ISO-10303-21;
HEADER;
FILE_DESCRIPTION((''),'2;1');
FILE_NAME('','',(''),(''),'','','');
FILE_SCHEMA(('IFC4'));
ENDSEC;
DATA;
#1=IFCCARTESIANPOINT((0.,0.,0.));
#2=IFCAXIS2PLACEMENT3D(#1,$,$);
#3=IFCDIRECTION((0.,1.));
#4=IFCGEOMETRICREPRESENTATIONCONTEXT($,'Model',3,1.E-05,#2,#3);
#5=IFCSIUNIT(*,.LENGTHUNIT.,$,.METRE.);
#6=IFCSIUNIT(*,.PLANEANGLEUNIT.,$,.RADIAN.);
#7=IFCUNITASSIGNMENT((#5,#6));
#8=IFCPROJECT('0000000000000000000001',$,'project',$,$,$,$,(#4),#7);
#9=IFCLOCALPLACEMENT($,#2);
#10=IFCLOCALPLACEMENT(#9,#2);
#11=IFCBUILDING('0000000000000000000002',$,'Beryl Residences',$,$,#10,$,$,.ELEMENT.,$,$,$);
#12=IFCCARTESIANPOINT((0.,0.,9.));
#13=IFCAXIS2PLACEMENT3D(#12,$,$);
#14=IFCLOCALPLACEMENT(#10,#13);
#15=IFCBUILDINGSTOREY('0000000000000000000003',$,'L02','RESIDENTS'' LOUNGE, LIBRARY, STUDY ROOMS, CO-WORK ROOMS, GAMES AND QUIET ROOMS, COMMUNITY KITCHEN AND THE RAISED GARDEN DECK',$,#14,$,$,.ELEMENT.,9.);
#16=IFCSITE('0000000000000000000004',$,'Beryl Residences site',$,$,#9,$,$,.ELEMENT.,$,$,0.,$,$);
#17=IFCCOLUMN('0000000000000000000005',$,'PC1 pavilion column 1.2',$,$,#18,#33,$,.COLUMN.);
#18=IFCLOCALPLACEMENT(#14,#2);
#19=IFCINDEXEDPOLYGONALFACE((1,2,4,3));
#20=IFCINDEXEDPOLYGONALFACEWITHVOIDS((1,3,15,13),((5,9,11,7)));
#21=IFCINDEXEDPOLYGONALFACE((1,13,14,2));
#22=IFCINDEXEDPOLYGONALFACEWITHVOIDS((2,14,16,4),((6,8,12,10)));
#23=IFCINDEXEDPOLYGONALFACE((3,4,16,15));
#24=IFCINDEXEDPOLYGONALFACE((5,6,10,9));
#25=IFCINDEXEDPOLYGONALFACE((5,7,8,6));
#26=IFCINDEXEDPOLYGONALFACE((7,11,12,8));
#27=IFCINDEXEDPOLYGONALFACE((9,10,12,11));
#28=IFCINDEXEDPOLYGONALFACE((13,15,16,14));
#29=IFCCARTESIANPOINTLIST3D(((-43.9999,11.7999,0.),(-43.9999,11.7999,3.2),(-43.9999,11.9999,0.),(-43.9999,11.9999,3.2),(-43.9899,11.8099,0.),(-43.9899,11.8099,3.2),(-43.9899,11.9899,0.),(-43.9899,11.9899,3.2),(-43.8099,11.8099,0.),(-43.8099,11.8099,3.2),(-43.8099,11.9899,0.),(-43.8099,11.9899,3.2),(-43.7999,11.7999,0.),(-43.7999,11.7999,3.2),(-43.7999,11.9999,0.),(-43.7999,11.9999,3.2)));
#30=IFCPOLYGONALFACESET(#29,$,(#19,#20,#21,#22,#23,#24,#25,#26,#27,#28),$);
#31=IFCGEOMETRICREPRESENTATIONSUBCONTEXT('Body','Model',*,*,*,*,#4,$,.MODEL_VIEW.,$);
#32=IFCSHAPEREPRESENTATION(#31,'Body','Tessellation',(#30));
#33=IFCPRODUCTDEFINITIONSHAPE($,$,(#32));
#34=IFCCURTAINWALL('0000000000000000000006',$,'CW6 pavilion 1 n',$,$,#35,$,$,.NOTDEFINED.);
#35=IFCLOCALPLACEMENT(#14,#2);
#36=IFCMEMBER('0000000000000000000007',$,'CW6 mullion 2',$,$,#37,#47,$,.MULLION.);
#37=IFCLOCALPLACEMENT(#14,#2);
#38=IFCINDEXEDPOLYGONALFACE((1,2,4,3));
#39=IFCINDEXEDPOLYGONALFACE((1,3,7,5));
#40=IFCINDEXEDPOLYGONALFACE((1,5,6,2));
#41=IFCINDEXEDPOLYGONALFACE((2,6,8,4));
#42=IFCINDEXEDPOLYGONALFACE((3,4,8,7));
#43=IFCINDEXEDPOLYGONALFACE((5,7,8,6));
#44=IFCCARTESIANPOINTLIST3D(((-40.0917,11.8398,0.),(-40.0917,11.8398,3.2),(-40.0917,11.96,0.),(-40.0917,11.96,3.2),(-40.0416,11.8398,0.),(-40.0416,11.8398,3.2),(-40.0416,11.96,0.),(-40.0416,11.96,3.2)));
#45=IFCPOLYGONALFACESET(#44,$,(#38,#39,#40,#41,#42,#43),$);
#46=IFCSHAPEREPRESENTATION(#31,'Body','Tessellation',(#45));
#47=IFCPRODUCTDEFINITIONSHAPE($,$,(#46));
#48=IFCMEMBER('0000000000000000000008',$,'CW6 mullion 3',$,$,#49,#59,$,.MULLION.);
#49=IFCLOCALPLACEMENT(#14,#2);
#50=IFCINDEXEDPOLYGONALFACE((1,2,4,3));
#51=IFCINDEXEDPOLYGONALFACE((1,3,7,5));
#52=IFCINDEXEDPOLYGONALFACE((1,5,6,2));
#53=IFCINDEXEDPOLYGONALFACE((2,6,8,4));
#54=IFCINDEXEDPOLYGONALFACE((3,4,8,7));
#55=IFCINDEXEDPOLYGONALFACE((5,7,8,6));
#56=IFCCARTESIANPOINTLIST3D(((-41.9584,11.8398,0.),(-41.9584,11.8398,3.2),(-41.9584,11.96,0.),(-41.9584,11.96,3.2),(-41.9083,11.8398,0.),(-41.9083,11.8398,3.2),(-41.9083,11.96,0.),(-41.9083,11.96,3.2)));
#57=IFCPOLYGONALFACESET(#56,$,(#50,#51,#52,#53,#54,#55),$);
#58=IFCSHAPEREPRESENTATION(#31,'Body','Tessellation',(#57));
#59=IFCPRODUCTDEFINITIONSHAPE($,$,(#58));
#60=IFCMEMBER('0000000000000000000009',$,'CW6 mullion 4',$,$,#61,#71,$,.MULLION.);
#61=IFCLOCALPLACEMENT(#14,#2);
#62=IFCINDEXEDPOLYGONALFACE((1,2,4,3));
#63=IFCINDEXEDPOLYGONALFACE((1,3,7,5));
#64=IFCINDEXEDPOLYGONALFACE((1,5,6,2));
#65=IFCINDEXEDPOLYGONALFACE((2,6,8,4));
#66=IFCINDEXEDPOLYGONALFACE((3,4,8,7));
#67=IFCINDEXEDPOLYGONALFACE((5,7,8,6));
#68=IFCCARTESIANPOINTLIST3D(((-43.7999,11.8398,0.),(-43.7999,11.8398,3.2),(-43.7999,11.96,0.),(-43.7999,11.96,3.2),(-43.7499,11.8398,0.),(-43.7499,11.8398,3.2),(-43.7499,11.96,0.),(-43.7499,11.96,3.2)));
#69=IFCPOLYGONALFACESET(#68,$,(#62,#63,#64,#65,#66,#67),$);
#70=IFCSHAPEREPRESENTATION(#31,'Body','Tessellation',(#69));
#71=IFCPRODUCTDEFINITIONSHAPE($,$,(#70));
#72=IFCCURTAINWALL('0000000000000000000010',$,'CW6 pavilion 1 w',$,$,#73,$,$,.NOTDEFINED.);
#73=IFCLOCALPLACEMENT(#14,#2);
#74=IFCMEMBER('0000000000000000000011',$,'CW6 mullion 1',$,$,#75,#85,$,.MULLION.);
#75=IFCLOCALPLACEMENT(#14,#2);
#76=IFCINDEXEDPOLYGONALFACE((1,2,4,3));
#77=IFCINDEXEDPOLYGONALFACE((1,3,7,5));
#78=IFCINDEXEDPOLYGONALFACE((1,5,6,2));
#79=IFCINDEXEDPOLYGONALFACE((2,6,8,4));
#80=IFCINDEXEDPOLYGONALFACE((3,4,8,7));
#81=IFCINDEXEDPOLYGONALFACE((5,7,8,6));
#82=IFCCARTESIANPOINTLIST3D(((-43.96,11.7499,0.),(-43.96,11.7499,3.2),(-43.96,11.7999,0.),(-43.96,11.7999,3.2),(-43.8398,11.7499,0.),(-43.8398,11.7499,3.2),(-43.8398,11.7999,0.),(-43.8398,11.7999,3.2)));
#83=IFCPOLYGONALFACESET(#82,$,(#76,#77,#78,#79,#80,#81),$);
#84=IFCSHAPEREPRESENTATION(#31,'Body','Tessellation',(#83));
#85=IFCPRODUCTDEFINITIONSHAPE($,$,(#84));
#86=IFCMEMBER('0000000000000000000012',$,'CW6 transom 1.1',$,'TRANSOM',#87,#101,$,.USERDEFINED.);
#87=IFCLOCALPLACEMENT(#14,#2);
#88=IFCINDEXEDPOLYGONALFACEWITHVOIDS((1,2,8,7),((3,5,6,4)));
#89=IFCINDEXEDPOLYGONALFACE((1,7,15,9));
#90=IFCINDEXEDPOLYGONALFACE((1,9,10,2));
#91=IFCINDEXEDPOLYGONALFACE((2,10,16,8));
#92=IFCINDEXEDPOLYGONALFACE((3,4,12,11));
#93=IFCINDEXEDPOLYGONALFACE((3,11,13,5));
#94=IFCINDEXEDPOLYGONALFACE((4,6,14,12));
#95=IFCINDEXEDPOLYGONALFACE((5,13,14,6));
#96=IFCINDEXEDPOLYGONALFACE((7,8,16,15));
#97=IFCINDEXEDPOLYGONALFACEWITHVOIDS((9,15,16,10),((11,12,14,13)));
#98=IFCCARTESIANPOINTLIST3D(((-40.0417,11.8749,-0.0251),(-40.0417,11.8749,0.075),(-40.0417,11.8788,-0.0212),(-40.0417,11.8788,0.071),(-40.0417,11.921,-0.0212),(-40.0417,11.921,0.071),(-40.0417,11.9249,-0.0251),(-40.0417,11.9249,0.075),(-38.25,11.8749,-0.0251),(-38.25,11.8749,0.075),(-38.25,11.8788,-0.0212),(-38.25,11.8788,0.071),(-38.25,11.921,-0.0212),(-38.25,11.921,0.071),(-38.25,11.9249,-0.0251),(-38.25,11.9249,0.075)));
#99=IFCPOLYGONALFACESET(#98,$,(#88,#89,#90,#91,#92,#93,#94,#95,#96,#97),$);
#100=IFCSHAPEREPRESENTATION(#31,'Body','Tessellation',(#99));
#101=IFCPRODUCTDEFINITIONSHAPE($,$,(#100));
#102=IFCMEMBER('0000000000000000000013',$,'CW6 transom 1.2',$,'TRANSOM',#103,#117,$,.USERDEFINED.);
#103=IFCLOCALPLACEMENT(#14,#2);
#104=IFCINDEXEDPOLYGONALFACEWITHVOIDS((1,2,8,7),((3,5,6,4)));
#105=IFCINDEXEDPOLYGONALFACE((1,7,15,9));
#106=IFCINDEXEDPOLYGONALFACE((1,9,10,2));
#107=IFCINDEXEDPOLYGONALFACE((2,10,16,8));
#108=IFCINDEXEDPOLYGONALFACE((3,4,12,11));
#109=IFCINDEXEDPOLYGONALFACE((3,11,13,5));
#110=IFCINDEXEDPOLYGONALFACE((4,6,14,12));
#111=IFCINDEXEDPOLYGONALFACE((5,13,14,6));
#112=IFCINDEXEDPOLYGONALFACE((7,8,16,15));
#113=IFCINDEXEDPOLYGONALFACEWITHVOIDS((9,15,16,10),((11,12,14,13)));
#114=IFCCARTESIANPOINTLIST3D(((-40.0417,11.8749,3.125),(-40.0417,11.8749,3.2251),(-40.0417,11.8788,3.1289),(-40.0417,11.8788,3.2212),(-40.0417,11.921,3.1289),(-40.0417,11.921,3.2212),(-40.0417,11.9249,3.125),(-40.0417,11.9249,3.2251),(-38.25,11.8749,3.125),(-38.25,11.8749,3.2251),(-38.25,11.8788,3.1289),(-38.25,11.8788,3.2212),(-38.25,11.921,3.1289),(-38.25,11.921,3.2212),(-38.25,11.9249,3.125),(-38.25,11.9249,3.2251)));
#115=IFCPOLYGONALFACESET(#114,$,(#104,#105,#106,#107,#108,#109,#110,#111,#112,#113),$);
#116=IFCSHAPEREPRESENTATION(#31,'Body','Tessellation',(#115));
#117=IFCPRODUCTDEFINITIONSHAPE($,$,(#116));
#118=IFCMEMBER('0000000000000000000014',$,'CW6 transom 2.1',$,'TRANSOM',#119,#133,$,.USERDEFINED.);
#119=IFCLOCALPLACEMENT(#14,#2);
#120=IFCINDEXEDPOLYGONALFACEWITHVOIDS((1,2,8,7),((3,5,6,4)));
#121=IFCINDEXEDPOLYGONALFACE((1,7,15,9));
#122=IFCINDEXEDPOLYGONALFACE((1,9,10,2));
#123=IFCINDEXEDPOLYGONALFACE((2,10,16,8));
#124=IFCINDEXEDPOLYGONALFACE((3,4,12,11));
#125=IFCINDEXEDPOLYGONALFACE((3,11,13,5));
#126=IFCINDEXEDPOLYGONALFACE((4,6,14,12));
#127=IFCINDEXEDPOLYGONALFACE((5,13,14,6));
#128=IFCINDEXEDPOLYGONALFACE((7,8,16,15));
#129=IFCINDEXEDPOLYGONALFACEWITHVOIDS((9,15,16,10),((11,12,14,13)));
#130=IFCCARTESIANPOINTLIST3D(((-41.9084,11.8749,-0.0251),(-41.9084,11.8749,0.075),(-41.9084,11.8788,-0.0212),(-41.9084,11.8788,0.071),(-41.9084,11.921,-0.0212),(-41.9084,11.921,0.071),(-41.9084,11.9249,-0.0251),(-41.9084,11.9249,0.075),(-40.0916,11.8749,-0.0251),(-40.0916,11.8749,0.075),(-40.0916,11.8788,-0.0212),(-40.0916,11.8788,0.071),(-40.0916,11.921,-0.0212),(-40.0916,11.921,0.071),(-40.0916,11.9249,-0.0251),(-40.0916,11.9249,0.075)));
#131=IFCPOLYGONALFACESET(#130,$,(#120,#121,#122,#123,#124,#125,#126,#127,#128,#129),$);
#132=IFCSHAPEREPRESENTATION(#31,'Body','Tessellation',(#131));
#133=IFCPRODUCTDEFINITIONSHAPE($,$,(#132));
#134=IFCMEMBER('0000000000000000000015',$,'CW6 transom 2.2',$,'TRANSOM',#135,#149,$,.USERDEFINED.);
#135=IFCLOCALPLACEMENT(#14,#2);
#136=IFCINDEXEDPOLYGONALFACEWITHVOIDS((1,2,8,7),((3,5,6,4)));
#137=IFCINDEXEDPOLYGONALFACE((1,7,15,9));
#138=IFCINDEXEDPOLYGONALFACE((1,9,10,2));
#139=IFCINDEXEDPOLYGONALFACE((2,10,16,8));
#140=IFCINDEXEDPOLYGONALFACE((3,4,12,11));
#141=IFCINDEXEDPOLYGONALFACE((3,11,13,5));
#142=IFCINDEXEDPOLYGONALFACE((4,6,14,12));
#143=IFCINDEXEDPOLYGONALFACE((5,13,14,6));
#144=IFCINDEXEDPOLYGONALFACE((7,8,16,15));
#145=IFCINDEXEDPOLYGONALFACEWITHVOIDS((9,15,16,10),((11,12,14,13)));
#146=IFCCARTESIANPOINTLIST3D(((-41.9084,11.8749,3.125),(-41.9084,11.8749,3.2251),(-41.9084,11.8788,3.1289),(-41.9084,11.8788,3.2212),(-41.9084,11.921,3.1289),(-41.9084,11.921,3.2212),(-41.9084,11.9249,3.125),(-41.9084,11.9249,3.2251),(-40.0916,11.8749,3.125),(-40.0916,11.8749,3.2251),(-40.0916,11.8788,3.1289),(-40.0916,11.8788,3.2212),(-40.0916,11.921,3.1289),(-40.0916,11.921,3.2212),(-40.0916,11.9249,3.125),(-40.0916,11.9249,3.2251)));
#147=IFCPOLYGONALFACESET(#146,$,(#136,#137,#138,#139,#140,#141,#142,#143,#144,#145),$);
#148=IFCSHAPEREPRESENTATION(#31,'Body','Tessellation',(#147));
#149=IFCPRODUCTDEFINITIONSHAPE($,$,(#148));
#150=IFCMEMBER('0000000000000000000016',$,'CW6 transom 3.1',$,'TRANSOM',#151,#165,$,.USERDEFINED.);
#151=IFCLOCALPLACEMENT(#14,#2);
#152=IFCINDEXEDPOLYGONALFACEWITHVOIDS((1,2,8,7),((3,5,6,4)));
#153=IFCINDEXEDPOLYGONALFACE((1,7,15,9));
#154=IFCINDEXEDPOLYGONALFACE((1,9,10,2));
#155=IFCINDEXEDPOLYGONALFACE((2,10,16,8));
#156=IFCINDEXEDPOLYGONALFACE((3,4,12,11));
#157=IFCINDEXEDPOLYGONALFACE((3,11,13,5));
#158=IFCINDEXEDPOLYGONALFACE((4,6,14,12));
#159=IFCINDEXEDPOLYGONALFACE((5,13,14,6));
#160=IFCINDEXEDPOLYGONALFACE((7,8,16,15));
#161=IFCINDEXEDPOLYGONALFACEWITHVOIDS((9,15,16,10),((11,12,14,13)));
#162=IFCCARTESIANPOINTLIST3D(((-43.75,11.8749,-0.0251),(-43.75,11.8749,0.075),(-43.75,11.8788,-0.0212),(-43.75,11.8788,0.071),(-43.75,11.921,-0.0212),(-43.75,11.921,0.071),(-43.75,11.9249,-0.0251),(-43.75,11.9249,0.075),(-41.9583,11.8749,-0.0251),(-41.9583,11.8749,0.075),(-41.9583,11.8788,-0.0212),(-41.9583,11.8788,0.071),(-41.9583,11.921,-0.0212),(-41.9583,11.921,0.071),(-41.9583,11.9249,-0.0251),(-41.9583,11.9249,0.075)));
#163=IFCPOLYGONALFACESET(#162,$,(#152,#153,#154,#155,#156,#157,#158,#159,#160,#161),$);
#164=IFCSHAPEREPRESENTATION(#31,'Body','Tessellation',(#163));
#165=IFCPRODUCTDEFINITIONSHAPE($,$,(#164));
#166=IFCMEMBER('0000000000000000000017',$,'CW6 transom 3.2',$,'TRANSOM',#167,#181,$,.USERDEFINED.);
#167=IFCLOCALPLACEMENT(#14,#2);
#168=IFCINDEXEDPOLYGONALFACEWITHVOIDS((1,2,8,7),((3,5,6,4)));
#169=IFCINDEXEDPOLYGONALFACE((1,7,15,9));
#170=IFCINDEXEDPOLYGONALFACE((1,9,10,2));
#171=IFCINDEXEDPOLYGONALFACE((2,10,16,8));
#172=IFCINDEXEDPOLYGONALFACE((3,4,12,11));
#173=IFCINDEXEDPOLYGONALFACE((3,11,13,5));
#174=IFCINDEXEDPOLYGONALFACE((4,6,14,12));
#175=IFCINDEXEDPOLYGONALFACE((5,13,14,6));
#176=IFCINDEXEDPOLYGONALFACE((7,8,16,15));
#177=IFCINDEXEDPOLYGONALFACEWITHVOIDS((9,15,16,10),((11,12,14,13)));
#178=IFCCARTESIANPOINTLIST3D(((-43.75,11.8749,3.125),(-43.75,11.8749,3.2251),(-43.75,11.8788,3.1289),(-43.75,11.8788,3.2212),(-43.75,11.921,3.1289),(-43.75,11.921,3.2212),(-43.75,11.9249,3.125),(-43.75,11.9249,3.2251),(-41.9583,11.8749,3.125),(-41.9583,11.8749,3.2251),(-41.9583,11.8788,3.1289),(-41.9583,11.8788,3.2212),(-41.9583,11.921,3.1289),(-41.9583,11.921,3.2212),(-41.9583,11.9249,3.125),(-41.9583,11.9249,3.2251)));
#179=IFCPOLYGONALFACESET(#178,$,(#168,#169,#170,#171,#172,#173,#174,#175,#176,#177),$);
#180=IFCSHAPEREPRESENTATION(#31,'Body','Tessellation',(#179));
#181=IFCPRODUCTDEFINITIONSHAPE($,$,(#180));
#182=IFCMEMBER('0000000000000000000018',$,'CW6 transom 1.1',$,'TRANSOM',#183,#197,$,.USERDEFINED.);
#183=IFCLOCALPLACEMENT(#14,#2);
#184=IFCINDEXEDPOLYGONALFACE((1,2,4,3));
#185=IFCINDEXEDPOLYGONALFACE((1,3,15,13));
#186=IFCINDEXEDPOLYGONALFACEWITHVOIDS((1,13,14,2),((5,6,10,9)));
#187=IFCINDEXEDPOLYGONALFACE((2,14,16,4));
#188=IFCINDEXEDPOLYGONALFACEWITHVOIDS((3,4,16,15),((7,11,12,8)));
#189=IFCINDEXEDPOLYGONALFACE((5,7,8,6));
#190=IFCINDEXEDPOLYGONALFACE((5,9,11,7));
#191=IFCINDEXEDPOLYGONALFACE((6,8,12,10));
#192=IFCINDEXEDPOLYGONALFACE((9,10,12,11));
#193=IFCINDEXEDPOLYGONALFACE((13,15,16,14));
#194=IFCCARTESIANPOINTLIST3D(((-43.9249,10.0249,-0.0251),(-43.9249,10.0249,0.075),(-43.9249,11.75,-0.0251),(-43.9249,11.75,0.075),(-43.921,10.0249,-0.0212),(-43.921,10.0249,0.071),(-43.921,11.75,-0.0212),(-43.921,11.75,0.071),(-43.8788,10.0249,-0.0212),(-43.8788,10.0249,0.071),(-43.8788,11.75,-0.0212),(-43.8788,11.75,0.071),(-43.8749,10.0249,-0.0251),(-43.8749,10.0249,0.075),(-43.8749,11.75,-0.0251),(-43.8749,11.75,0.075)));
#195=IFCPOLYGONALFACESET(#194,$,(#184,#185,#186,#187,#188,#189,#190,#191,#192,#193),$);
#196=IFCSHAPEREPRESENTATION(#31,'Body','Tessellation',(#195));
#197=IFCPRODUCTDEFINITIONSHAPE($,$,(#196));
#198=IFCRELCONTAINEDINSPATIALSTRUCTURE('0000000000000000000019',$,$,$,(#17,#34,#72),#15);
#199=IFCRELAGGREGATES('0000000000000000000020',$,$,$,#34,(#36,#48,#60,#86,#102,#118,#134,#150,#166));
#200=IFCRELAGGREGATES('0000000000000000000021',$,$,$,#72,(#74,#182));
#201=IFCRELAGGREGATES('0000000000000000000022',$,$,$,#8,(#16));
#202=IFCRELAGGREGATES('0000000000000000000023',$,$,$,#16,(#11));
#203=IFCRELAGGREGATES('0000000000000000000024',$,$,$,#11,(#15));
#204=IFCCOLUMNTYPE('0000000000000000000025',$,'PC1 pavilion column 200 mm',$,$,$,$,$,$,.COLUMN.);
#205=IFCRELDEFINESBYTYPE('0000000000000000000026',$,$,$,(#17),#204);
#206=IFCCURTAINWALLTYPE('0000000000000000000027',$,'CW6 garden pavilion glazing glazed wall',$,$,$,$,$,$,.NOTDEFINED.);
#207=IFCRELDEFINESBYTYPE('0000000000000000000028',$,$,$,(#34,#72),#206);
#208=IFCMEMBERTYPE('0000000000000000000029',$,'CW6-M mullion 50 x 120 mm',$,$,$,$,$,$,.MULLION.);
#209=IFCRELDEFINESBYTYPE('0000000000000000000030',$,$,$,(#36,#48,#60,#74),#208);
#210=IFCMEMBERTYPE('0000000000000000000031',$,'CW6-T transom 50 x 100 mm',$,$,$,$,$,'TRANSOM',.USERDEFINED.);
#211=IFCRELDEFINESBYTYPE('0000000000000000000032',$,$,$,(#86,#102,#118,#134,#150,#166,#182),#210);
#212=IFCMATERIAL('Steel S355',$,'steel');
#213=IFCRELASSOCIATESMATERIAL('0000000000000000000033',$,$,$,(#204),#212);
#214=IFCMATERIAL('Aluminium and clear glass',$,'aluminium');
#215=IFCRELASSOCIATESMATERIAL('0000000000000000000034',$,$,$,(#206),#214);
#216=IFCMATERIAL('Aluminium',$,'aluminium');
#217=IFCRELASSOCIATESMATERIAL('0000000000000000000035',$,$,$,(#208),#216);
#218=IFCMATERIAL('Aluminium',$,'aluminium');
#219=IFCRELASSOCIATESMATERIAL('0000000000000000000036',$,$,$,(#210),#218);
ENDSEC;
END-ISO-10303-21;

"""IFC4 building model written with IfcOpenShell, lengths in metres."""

from ifc_helpers import new_model, si_unit, direction, frame, origin, origin_2d, place, context, subcontext, project, spatial, rectangle, hollow_rectangle, extrude, material, material_profile, profile_set, type_object, element, aggregate, save


model = new_model("IFC4")

# Units and contexts
model_context = context("Model", 3, precision=1e-05, world=origin(), true_north=direction((0.0, 1.0)))
body_context = subcontext(model_context, "Body", "Model", "MODEL_VIEW")
ifc_project = project(units=[si_unit("LENGTHUNIT", "METRE"), si_unit("PLANEANGLEUNIT", "RADIAN")], contexts=[model_context])

# Site, building, storey
site_placement = place(None, origin())
site = spatial("IfcSite", under=ifc_project, at=site_placement, Name="Beryl Residences site", CompositionType="ELEMENT", RefElevation=0.0)
building_placement = place(site_placement, origin())
building = spatial("IfcBuilding", under=site, at=building_placement, Name="Beryl Residences", CompositionType="ELEMENT")
storey_placement = place(building_placement, frame((0.0, 0.0, 9.0)))
storey = spatial("IfcBuildingStorey", under=building, at=storey_placement, Name="L02", Description="RESIDENTS' LOUNGE, LIBRARY, STUDY ROOMS, CO-WORK ROOMS, GAMES AND QUIET ROOMS, COMMUNITY KITCHEN AND THE RAISED GARDEN DECK", CompositionType="ELEMENT", Elevation=9.0)

# Column
ifc_material_1 = material(Name="Steel S355", Category="steel")
ifc_material_profile_1 = material_profile(ifc_material_1, hollow_rectangle(XDim=0.2, YDim=0.2, WallThickness=0.01, at=origin_2d()))
ifc_profile_set_1 = profile_set([ifc_material_profile_1], Name="Steel S355")
column_type = type_object("IfcColumnType", Name="PC1 pavilion column 200 mm", PredefinedType="COLUMN", material=ifc_profile_set_1)
column_placement = place(storey_placement, frame((-43.8999, 11.8999, 0.0), z_axis=(0.0, 0.0, 1.0), x_axis=(1.0, 0.0, 0.0)))
element("IfcColumn", 1, at=column_placement, inside=storey, type_object=column_type, Name="PC1 pavilion column 1.2", PredefinedType="COLUMN", context=body_context, shape_type="SweptSolid", body=[
    extrude(hollow_rectangle(XDim=0.2, YDim=0.2, WallThickness=0.01, at=origin_2d()), origin(), (0.0, 0.0, 1.0), 3.2),
])

# Curtain wall, members
ifc_material_2 = material(Name="Aluminium and clear glass", Category="aluminium")
curtain_wall_type = type_object("IfcCurtainWallType", Name="CW6 garden pavilion glazing glazed wall", PredefinedType="NOTDEFINED", material=ifc_material_2)
curtain_wall_1_placement = place(storey_placement, origin())
curtain_wall_1 = element("IfcCurtainWall", 2, at=curtain_wall_1_placement, inside=storey, type_object=curtain_wall_type, Name="CW6 pavilion 1 n", PredefinedType="NOTDEFINED")
ifc_material_3 = material(Name="Aluminium", Category="aluminium")
ifc_material_profile_2 = material_profile(ifc_material_3, rectangle(XDim=0.05, YDim=0.1201, at=origin_2d()))
ifc_profile_set_2 = profile_set([ifc_material_profile_2], Name="Aluminium")
member_type_1 = type_object("IfcMemberType", Name="CW6-M mullion 50 x 120 mm", PredefinedType="MULLION", material=ifc_profile_set_2)
member_1_placement = place(storey_placement, frame((-40.0667, 11.8999, 0.0), z_axis=(0.0, 0.0, 1.0), x_axis=(-1.0, 0.0, 0.0)))
member_1 = element("IfcMember", 3, at=member_1_placement, type_object=member_type_1, Name="CW6 mullion 2", PredefinedType="MULLION", context=body_context, shape_type="SweptSolid", body=[
    extrude(rectangle(XDim=0.05, YDim=0.1201, at=origin_2d()), origin(), (0.0, 0.0, 1.0), 3.2),
])
member_2_placement = place(storey_placement, frame((-41.9333, 11.8999, 0.0), z_axis=(0.0, 0.0, 1.0), x_axis=(-1.0, 0.0, 0.0)))
member_2 = element("IfcMember", 4, at=member_2_placement, type_object=member_type_1, Name="CW6 mullion 3", PredefinedType="MULLION", context=body_context, shape_type="SweptSolid", body=[
    extrude(rectangle(XDim=0.05, YDim=0.1201, at=origin_2d()), origin(), (0.0, 0.0, 1.0), 3.2),
])
member_3_placement = place(storey_placement, frame((-43.7749, 11.8999, 0.0), z_axis=(0.0, 0.0, 1.0), x_axis=(-1.0, 0.0, 0.0)))
member_3 = element("IfcMember", 5, at=member_3_placement, type_object=member_type_1, Name="CW6 mullion 4", PredefinedType="MULLION", context=body_context, shape_type="SweptSolid", body=[
    extrude(rectangle(XDim=0.05, YDim=0.1201, at=origin_2d()), origin(), (0.0, 0.0, 1.0), 3.2),
])

# Curtain wall, member
curtain_wall_2_placement = place(storey_placement, origin())
curtain_wall_2 = element("IfcCurtainWall", 6, at=curtain_wall_2_placement, inside=storey, type_object=curtain_wall_type, Name="CW6 pavilion 1 w", PredefinedType="NOTDEFINED")
member_4_placement = place(storey_placement, frame((-43.8999, 11.7749, 0.0), z_axis=(0.0, 0.0, 1.0), x_axis=(0.0, -1.0, 0.0)))
member_4 = element("IfcMember", 7, at=member_4_placement, type_object=member_type_1, Name="CW6 mullion 1", PredefinedType="MULLION", context=body_context, shape_type="SweptSolid", body=[
    extrude(rectangle(XDim=0.05, YDim=0.1201, at=origin_2d()), origin(), (0.0, 0.0, 1.0), 3.2),
])

# Members
ifc_material_4 = material(Name="Aluminium", Category="aluminium")
ifc_material_profile_3 = material_profile(ifc_material_4, hollow_rectangle(XDim=0.05, YDim=0.1001, WallThickness=0.0039, at=origin_2d()))
ifc_profile_set_3 = profile_set([ifc_material_profile_3], Name="Aluminium")
member_type_2 = type_object("IfcMemberType", Name="CW6-T transom 50 x 100 mm", ElementType="TRANSOM", PredefinedType="USERDEFINED", material=ifc_profile_set_3)
member_5_placement = place(storey_placement, frame((-38.25, 11.8999, 0.0249), z_axis=(-1.0, 0.0, 0.0), x_axis=(0.0, -1.0, 0.0)))
member_5 = element("IfcMember", 8, at=member_5_placement, type_object=member_type_2, Name="CW6 transom 1.1", ObjectType="TRANSOM", PredefinedType="USERDEFINED", context=body_context, shape_type="SweptSolid", body=[
    extrude(hollow_rectangle(XDim=0.05, YDim=0.1001, WallThickness=0.0039, at=origin_2d()), origin(), (0.0, 0.0, 1.0), 1.7917),
])
member_6_placement = place(storey_placement, frame((-38.25, 11.8999, 3.175), z_axis=(-1.0, 0.0, 0.0), x_axis=(0.0, -1.0, 0.0)))
member_6 = element("IfcMember", 9, at=member_6_placement, type_object=member_type_2, Name="CW6 transom 1.2", ObjectType="TRANSOM", PredefinedType="USERDEFINED", context=body_context, shape_type="SweptSolid", body=[
    extrude(hollow_rectangle(XDim=0.05, YDim=0.1001, WallThickness=0.0039, at=origin_2d()), origin(), (0.0, 0.0, 1.0), 1.7917),
])
member_7_placement = place(storey_placement, frame((-40.0916, 11.8999, 0.0249), z_axis=(-1.0, 0.0, 0.0), x_axis=(0.0, -1.0, 0.0)))
member_7 = element("IfcMember", 10, at=member_7_placement, type_object=member_type_2, Name="CW6 transom 2.1", ObjectType="TRANSOM", PredefinedType="USERDEFINED", context=body_context, shape_type="SweptSolid", body=[
    extrude(hollow_rectangle(XDim=0.05, YDim=0.1001, WallThickness=0.0039, at=origin_2d()), origin(), (0.0, 0.0, 1.0), 1.8169),
])
member_8_placement = place(storey_placement, frame((-40.0916, 11.8999, 3.175), z_axis=(-1.0, 0.0, 0.0), x_axis=(0.0, -1.0, 0.0)))
member_8 = element("IfcMember", 11, at=member_8_placement, type_object=member_type_2, Name="CW6 transom 2.2", ObjectType="TRANSOM", PredefinedType="USERDEFINED", context=body_context, shape_type="SweptSolid", body=[
    extrude(hollow_rectangle(XDim=0.05, YDim=0.1001, WallThickness=0.0039, at=origin_2d()), origin(), (0.0, 0.0, 1.0), 1.8169),
])
member_9_placement = place(storey_placement, frame((-41.9583, 11.8999, 0.0249), z_axis=(-1.0, 0.0, 0.0), x_axis=(0.0, -1.0, 0.0)))
member_9 = element("IfcMember", 12, at=member_9_placement, type_object=member_type_2, Name="CW6 transom 3.1", ObjectType="TRANSOM", PredefinedType="USERDEFINED", context=body_context, shape_type="SweptSolid", body=[
    extrude(hollow_rectangle(XDim=0.05, YDim=0.1001, WallThickness=0.0039, at=origin_2d()), origin(), (0.0, 0.0, 1.0), 1.7917),
])
member_10_placement = place(storey_placement, frame((-41.9583, 11.8999, 3.175), z_axis=(-1.0, 0.0, 0.0), x_axis=(0.0, -1.0, 0.0)))
member_10 = element("IfcMember", 13, at=member_10_placement, type_object=member_type_2, Name="CW6 transom 3.2", ObjectType="TRANSOM", PredefinedType="USERDEFINED", context=body_context, shape_type="SweptSolid", body=[
    extrude(hollow_rectangle(XDim=0.05, YDim=0.1001, WallThickness=0.0039, at=origin_2d()), origin(), (0.0, 0.0, 1.0), 1.7917),
])
member_11_placement = place(storey_placement, frame((-43.8999, 11.75, 0.0249), z_axis=(0.0, -1.0, 0.0), x_axis=(1.0, 0.0, 0.0)))
member_11 = element("IfcMember", 14, at=member_11_placement, type_object=member_type_2, Name="CW6 transom 1.1", ObjectType="TRANSOM", PredefinedType="USERDEFINED", context=body_context, shape_type="SweptSolid", body=[
    extrude(hollow_rectangle(XDim=0.05, YDim=0.1001, WallThickness=0.0039, at=origin_2d()), origin(), (0.0, 0.0, 1.0), 1.7251),
])

aggregate(curtain_wall_1, [member_1, member_2, member_3, member_5, member_6, member_7, member_8, member_9, member_10])
aggregate(curtain_wall_2, [member_4, member_11])

save(model, "model.ifc")
